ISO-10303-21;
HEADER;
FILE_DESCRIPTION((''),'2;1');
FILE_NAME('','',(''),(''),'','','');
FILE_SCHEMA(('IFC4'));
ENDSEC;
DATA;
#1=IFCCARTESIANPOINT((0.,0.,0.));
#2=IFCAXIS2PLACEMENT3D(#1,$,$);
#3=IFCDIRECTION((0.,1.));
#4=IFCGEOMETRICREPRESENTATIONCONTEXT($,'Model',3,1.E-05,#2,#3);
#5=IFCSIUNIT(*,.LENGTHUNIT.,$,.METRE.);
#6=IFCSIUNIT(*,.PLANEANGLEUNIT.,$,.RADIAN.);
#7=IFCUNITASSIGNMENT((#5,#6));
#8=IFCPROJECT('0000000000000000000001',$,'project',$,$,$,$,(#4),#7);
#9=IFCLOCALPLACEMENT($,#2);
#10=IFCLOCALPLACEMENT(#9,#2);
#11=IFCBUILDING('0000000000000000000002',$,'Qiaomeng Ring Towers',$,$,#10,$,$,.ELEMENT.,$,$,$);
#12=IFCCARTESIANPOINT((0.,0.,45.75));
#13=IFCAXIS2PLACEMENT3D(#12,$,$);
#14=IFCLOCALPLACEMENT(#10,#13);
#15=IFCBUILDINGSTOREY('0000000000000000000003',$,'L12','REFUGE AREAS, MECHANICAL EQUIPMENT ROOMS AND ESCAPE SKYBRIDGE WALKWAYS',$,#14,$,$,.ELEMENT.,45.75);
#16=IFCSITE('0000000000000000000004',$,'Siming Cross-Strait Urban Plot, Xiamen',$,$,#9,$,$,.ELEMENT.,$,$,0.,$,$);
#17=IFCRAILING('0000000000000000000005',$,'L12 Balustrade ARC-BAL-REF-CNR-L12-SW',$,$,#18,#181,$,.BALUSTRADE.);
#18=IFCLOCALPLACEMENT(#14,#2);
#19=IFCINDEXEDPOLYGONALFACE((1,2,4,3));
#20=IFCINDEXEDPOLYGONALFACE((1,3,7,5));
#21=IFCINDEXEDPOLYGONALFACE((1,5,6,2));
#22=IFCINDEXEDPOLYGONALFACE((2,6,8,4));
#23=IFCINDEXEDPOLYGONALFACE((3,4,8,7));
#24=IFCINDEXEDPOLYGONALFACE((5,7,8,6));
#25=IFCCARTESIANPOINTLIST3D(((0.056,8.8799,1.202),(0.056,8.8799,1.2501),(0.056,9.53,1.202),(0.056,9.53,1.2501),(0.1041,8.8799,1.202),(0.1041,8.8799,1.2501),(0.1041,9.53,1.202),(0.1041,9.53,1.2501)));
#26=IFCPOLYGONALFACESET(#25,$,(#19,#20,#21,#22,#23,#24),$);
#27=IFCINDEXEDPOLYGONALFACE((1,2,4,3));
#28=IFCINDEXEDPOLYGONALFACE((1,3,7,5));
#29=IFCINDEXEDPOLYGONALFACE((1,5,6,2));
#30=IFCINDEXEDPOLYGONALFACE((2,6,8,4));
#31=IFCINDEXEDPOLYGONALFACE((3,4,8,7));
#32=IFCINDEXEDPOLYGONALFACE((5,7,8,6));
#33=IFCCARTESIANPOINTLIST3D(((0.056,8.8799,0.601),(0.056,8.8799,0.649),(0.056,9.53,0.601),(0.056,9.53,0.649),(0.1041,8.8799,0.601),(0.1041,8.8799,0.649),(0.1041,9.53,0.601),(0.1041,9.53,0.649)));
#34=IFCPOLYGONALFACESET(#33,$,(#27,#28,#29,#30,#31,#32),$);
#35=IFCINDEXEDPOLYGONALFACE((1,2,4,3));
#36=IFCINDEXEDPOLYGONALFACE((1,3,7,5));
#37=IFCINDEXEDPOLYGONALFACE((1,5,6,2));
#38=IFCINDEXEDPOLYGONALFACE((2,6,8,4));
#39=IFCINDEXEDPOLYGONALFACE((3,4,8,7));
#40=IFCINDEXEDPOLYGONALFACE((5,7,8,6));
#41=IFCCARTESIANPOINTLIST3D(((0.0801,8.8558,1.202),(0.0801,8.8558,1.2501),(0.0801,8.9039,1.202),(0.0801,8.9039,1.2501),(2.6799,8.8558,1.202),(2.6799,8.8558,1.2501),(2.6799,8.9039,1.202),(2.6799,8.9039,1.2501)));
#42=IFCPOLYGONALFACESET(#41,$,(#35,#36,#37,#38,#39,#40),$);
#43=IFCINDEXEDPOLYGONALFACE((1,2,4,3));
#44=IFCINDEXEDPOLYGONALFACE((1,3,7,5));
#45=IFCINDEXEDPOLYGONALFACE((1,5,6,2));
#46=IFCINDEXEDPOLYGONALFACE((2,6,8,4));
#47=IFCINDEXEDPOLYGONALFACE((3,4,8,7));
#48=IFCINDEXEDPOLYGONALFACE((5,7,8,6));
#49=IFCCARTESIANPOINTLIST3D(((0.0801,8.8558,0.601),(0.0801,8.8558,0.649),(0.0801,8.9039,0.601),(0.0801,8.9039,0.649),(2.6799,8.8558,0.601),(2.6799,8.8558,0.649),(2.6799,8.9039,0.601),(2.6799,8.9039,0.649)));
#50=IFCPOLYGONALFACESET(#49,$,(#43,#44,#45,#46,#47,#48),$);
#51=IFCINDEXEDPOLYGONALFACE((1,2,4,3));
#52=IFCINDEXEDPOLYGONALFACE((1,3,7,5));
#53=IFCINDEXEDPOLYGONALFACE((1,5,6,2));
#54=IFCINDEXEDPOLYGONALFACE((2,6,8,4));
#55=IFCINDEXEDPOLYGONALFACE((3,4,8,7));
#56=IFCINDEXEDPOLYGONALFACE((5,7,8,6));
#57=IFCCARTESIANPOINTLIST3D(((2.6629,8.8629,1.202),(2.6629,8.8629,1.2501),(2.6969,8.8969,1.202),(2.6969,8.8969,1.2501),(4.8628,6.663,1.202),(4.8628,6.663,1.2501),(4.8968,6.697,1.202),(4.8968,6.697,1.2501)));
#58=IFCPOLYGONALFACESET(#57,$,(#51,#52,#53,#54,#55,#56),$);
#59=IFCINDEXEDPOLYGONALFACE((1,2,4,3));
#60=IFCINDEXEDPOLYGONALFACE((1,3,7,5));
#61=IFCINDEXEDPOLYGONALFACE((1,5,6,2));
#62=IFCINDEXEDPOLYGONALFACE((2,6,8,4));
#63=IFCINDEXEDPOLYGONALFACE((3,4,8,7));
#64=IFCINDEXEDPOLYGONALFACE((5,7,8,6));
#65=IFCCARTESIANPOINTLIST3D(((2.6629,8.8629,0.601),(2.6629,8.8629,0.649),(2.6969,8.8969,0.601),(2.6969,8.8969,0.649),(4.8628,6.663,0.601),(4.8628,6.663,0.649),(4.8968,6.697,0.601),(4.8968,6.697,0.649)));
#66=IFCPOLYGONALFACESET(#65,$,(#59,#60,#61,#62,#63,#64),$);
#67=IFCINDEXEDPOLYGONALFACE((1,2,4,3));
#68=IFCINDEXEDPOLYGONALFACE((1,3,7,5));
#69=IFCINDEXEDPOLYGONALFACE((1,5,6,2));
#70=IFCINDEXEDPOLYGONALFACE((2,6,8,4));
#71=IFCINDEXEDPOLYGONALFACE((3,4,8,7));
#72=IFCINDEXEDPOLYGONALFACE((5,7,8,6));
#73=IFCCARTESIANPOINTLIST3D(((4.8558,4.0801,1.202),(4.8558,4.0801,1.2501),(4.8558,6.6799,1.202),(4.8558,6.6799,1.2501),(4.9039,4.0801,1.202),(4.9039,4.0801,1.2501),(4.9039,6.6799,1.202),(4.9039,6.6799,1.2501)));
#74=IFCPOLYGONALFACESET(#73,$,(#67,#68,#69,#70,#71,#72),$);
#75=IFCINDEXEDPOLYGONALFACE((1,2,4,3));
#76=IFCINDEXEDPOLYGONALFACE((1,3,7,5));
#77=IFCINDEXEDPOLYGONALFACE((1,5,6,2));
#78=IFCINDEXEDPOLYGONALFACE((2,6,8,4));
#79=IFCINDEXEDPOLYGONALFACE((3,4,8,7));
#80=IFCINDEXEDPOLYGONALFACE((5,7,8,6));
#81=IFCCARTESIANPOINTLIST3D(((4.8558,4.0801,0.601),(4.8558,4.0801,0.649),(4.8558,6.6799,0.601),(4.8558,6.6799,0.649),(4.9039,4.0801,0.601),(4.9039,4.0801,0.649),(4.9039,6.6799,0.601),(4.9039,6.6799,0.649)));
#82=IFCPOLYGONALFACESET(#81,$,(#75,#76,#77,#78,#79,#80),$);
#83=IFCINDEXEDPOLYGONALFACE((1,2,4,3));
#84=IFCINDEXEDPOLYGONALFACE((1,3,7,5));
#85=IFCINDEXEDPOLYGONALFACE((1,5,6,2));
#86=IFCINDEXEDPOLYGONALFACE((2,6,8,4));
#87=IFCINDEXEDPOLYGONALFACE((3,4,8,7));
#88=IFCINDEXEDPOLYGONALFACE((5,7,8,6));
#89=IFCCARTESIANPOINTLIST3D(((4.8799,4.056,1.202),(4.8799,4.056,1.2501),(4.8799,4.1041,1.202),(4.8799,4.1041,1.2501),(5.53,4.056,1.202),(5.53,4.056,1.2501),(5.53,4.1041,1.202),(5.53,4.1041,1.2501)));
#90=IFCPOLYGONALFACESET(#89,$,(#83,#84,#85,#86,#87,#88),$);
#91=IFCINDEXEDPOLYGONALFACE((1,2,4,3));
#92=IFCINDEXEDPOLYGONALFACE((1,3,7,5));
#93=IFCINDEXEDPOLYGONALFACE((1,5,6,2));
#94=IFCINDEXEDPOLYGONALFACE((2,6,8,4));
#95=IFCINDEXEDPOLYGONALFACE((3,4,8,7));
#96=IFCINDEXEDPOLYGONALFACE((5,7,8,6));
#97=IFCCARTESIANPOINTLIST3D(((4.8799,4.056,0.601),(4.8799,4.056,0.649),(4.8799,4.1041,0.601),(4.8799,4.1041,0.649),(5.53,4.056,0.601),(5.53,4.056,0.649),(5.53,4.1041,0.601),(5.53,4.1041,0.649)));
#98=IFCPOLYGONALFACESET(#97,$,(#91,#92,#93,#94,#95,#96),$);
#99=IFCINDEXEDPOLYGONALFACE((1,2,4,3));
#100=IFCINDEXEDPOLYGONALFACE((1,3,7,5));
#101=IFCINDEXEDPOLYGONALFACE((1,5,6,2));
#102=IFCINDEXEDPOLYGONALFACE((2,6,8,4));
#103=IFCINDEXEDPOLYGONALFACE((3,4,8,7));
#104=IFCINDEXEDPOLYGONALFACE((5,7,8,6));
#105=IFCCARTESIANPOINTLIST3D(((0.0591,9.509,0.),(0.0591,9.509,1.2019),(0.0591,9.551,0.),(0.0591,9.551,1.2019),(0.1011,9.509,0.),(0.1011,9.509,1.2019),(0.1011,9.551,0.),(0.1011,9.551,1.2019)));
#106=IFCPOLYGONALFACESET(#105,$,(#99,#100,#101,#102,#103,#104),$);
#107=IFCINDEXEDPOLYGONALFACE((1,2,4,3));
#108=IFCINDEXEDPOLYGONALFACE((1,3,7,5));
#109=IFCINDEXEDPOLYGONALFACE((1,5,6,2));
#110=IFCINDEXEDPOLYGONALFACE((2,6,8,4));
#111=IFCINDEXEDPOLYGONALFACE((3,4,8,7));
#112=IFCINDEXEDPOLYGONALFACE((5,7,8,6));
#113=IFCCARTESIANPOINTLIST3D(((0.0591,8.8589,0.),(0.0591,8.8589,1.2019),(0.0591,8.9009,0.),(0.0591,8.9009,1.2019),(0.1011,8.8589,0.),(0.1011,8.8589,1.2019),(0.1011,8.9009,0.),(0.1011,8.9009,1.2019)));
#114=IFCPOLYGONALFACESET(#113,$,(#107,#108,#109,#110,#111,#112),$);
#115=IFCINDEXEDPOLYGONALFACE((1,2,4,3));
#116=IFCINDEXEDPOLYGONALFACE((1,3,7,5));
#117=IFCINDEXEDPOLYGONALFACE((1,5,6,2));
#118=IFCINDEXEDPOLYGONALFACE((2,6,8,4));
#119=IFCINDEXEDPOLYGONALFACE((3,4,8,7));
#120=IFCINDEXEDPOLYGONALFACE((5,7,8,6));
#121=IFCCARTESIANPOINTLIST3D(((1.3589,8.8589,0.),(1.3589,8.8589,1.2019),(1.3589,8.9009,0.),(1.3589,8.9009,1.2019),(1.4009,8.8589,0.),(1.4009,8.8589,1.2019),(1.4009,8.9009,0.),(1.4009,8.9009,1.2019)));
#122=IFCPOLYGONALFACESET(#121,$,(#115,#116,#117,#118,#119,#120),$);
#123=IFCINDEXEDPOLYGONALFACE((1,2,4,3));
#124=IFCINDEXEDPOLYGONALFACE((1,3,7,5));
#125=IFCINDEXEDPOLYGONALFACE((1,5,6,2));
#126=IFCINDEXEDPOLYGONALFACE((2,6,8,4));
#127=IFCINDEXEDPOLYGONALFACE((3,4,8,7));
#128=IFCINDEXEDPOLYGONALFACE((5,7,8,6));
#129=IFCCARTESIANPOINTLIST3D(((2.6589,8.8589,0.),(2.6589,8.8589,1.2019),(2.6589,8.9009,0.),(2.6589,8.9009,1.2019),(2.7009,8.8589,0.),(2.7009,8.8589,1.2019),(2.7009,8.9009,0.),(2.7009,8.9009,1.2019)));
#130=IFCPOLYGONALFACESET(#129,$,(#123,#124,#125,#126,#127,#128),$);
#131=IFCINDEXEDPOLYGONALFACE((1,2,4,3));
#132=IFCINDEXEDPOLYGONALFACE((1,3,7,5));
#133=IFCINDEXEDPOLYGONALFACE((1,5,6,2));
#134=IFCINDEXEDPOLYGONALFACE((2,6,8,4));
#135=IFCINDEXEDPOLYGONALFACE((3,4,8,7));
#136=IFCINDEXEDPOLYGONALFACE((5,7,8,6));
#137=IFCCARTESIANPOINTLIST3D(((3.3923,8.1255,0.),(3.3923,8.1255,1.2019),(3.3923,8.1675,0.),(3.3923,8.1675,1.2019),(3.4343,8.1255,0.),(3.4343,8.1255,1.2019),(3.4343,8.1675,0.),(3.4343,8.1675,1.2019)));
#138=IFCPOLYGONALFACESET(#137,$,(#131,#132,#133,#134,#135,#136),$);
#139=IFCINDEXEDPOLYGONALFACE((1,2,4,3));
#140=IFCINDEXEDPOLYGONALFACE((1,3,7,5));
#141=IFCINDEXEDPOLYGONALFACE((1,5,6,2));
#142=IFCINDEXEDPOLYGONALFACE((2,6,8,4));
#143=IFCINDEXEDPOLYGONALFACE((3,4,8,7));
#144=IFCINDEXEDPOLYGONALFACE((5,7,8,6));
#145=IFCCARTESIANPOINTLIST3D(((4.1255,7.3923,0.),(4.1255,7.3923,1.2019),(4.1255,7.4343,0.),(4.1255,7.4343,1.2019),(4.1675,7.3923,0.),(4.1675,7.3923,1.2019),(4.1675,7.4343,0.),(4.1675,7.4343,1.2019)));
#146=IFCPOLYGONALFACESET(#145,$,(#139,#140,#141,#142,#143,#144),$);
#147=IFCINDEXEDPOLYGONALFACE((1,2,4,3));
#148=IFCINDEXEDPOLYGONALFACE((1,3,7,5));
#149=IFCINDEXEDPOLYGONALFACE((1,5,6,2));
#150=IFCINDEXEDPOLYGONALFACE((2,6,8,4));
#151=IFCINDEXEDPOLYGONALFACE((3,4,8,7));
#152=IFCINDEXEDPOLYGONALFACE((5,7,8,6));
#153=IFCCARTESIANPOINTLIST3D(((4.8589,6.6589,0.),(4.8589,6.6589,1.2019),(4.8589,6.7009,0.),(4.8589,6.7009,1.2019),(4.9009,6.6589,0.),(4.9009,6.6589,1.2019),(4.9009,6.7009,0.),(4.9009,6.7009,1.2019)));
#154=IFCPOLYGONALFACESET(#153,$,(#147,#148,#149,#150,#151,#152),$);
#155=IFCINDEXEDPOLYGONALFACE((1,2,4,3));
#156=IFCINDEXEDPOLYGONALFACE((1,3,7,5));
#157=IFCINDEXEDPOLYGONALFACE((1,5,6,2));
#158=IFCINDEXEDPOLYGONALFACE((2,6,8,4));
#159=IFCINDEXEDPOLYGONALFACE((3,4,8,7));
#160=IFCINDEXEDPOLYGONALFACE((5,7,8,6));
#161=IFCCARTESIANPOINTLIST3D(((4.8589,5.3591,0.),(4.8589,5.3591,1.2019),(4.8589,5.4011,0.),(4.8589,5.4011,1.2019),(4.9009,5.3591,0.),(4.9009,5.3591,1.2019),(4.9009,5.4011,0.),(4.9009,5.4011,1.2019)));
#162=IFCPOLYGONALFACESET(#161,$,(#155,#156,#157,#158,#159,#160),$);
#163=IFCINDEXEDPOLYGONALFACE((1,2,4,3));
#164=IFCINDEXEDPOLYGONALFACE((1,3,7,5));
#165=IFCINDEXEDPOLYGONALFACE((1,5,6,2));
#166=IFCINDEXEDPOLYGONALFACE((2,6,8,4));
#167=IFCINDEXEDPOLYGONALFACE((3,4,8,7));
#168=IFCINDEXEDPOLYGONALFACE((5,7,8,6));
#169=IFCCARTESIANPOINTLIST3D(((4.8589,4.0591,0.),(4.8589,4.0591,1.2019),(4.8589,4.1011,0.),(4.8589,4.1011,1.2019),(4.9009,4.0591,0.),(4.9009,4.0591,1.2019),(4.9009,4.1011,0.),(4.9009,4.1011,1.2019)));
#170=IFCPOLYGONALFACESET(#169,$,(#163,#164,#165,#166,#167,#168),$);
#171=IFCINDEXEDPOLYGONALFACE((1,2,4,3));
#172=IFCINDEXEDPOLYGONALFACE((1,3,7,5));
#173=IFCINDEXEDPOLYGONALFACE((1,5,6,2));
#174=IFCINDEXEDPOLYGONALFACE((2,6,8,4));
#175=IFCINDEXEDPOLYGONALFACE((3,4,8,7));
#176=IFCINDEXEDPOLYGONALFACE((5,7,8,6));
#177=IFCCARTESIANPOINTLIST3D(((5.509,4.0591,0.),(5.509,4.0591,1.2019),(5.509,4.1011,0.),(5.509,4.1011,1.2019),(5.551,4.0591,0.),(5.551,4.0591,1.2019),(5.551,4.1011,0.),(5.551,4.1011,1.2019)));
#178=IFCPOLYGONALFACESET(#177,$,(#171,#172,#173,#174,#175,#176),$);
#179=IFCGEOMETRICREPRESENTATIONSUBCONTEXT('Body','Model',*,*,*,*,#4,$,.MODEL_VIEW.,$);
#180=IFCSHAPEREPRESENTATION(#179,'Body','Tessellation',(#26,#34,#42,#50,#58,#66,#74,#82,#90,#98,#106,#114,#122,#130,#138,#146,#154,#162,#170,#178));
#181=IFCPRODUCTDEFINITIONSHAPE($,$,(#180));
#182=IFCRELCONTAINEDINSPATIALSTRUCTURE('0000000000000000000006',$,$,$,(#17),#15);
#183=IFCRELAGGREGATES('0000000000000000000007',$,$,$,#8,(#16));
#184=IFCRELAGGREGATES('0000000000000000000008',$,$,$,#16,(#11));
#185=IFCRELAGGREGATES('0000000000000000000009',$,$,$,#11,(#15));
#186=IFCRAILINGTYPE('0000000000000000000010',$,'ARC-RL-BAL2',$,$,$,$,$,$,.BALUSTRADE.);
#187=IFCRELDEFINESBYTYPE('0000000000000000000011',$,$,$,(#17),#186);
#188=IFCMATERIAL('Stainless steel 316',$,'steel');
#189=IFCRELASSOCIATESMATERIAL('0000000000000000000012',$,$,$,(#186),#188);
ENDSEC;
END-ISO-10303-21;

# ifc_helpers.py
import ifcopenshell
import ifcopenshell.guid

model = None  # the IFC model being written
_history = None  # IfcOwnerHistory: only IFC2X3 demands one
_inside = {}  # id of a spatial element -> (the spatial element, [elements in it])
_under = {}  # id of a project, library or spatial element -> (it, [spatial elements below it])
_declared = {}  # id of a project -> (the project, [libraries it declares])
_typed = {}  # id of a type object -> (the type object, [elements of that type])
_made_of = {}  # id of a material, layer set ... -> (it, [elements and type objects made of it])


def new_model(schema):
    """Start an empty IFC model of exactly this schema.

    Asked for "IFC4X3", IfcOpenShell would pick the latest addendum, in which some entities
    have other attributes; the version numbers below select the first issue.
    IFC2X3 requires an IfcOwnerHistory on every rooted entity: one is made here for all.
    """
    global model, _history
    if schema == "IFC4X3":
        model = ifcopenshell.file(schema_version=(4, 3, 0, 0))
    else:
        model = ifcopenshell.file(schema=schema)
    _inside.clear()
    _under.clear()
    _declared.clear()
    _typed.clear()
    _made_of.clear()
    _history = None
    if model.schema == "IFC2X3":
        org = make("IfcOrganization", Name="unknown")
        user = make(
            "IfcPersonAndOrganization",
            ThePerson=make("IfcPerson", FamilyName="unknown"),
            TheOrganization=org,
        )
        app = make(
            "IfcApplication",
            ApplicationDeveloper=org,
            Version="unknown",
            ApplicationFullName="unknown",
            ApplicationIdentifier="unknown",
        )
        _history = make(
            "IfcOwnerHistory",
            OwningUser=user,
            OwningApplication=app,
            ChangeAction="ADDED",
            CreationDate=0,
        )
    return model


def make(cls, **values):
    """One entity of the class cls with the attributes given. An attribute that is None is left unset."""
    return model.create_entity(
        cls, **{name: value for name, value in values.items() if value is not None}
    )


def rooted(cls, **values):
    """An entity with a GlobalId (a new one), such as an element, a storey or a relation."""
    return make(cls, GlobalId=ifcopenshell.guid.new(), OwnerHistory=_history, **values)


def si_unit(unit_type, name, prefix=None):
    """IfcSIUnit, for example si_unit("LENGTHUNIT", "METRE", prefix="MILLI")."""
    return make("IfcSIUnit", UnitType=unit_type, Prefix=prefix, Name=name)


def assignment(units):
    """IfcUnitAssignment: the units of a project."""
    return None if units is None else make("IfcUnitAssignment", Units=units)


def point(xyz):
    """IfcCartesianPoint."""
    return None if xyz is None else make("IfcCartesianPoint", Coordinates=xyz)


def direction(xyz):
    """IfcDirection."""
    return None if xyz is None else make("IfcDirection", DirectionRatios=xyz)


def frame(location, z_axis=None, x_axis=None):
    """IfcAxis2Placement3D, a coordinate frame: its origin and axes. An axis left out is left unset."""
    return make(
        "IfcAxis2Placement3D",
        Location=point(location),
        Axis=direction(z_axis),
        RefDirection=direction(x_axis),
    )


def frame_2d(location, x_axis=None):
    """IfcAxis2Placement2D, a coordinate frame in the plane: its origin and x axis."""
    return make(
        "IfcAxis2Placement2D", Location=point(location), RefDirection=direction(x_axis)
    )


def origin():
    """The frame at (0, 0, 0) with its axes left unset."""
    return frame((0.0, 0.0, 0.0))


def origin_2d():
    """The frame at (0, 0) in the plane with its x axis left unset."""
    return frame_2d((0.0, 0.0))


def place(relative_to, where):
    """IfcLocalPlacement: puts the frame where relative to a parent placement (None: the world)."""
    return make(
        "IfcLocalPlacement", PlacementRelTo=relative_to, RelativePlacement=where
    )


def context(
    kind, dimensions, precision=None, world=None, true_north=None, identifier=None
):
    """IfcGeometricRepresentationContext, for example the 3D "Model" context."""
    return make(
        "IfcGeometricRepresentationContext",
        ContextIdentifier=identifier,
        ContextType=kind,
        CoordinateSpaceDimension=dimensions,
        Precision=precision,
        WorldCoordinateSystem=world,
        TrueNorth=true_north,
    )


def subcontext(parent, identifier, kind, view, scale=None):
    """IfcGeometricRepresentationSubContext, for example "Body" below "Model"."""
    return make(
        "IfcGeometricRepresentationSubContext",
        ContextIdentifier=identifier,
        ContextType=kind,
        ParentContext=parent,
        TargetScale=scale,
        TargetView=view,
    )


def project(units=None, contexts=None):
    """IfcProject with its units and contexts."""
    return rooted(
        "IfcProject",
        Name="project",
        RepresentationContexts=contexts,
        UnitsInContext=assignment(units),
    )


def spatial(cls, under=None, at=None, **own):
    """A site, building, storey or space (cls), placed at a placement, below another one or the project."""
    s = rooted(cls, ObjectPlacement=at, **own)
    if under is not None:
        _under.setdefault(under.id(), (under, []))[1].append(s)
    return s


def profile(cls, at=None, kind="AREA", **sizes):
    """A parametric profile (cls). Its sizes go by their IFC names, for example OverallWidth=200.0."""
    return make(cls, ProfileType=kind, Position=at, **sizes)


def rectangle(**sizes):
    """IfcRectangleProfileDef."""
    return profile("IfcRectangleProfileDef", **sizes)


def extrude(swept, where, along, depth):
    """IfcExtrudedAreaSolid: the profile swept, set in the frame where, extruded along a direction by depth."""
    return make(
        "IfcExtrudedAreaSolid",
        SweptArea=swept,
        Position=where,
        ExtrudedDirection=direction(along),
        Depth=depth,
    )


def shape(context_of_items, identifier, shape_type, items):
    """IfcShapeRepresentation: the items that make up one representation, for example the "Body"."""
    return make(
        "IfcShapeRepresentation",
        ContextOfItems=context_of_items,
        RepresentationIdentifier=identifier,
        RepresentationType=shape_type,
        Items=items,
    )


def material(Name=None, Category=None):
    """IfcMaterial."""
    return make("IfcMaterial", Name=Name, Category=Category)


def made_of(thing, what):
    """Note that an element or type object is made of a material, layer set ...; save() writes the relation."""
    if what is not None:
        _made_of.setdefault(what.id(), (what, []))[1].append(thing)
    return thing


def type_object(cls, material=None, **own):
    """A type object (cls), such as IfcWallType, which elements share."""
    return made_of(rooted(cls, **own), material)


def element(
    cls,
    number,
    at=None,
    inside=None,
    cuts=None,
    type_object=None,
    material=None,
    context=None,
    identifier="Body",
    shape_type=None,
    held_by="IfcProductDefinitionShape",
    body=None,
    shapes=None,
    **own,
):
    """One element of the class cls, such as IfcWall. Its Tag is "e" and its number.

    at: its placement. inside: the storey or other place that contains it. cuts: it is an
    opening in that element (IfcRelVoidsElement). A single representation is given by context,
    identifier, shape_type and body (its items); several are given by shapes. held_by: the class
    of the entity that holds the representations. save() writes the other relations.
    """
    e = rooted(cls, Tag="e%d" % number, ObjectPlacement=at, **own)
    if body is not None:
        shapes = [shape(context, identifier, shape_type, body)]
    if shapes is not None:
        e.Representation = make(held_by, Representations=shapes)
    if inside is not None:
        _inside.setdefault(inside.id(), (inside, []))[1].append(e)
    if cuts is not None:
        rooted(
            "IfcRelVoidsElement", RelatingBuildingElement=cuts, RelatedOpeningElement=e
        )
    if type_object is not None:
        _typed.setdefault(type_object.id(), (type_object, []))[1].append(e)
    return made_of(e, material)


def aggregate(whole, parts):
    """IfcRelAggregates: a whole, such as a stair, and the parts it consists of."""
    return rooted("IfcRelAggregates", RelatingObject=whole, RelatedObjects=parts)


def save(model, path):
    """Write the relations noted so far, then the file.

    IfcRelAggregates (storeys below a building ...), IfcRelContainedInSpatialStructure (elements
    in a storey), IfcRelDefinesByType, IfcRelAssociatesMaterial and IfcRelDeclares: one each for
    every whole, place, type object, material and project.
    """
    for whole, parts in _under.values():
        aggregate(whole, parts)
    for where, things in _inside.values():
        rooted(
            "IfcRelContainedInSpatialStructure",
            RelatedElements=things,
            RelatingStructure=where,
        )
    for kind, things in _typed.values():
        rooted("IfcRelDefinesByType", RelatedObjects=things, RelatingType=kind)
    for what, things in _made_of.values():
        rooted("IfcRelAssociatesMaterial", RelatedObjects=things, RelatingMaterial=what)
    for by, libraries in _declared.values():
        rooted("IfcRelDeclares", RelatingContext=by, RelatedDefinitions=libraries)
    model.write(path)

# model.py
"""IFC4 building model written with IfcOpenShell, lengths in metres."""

from ifc_helpers import new_model, si_unit, direction, frame, origin, origin_2d, place, context, subcontext, project, spatial, rectangle, extrude, material, type_object, element, save


model = new_model("IFC4")

# Units and contexts
model_context = context("Model", 3, precision=1e-05, world=origin(), true_north=direction((0.0, 1.0)))
body_context = subcontext(model_context, "Body", "Model", "MODEL_VIEW")
ifc_project = project(units=[si_unit("LENGTHUNIT", "METRE"), si_unit("PLANEANGLEUNIT", "RADIAN")], contexts=[model_context])

# Site, building, storey
site_placement = place(None, origin())
site = spatial("IfcSite", under=ifc_project, at=site_placement, Name="Siming Cross-Strait Urban Plot, Xiamen", CompositionType="ELEMENT", RefElevation=0.0)
building_placement = place(site_placement, origin())
building = spatial("IfcBuilding", under=site, at=building_placement, Name="Qiaomeng Ring Towers", CompositionType="ELEMENT")
storey_placement = place(building_placement, frame((0.0, 0.0, 45.75)))
storey = spatial("IfcBuildingStorey", under=building, at=storey_placement, Name="L12", Description="REFUGE AREAS, MECHANICAL EQUIPMENT ROOMS AND ESCAPE SKYBRIDGE WALKWAYS", CompositionType="ELEMENT", Elevation=45.75)

# Railing
ifc_material_1 = material(Name="Stainless steel 316", Category="steel")
railing_type = type_object("IfcRailingType", Name="ARC-RL-BAL2", PredefinedType="BALUSTRADE", material=ifc_material_1)
railing_1_placement = place(storey_placement, frame((0.0801, 9.53, 0.0)))
element("IfcRailing", 1, at=railing_1_placement, inside=storey, type_object=railing_type, Name="L12 Balustrade ARC-BAL-REF-CNR-L12-SW", PredefinedType="BALUSTRADE", context=body_context, shape_type="SweptSolid", body=[
    extrude(rectangle(XDim=0.0481, YDim=0.0481, at=origin_2d()), frame((0.0, 0.0, 1.2261), z_axis=(0.0, -1.0, 0.0), x_axis=(1.0, 0.0, 0.0)), (0.0, 0.0, 1.0), 0.6501),
    extrude(rectangle(XDim=0.0481, YDim=0.0481, at=origin_2d()), frame((0.0, 0.0, 0.625), z_axis=(0.0, -1.0, 0.0), x_axis=(1.0, 0.0, 0.0)), (0.0, 0.0, 1.0), 0.6501),
    extrude(rectangle(XDim=0.0481, YDim=0.0481, at=origin_2d()), frame((0.0, -0.6501, 1.2261), z_axis=(1.0, 0.0, 0.0), x_axis=(0.0, 1.0, 0.0)), (0.0, 0.0, 1.0), 2.5999),
    extrude(rectangle(XDim=0.0481, YDim=0.0481, at=origin_2d()), frame((0.0, -0.6501, 0.625), z_axis=(1.0, 0.0, 0.0), x_axis=(0.0, 1.0, 0.0)), (0.0, 0.0, 1.0), 2.5999),
    extrude(rectangle(XDim=0.0481, YDim=0.0481, at=origin_2d()), frame((2.5999, -0.6501, 1.2261), z_axis=(0.707107, -0.707107, 0.0), x_axis=(0.707107, 0.707107, 0.0)), (0.0, 0.0, 1.0), 3.1111),
    extrude(rectangle(XDim=0.0481, YDim=0.0481, at=origin_2d()), frame((2.5999, -0.6501, 0.625), z_axis=(0.707107, -0.707107, 0.0), x_axis=(0.707107, 0.707107, 0.0)), (0.0, 0.0, 1.0), 3.1111),
    extrude(rectangle(XDim=0.0481, YDim=0.0481, at=origin_2d()), frame((4.7998, -2.8501, 1.2261), z_axis=(0.0, -1.0, 0.0), x_axis=(1.0, 0.0, 0.0)), (0.0, 0.0, 1.0), 2.5999),
    extrude(rectangle(XDim=0.0481, YDim=0.0481, at=origin_2d()), frame((4.7998, -2.8501, 0.625), z_axis=(0.0, -1.0, 0.0), x_axis=(1.0, 0.0, 0.0)), (0.0, 0.0, 1.0), 2.5999),
    extrude(rectangle(XDim=0.0481, YDim=0.0481, at=origin_2d()), frame((4.7998, -5.45, 1.2261), z_axis=(1.0, 0.0, 0.0), x_axis=(0.0, 1.0, 0.0)), (0.0, 0.0, 1.0), 0.6501),
    extrude(rectangle(XDim=0.0481, YDim=0.0481, at=origin_2d()), frame((4.7998, -5.45, 0.625), z_axis=(1.0, 0.0, 0.0), x_axis=(0.0, 1.0, 0.0)), (0.0, 0.0, 1.0), 0.6501),
    extrude(rectangle(XDim=0.042, YDim=0.042, at=origin_2d()), origin(), (0.0, 0.0, 1.0), 1.2019),
    extrude(rectangle(XDim=0.042, YDim=0.042, at=origin_2d()), frame((0.0, -0.6501, 0.0)), (0.0, 0.0, 1.0), 1.2019),
    extrude(rectangle(XDim=0.042, YDim=0.042, at=origin_2d()), frame((1.2998, -0.6501, 0.0)), (0.0, 0.0, 1.0), 1.2019),
    extrude(rectangle(XDim=0.042, YDim=0.042, at=origin_2d()), frame((2.5999, -0.6501, 0.0)), (0.0, 0.0, 1.0), 1.2019),
    extrude(rectangle(XDim=0.042, YDim=0.042, at=origin_2d()), frame((3.3333, -1.3835, 0.0)), (0.0, 0.0, 1.0), 1.2019),
    extrude(rectangle(XDim=0.042, YDim=0.042, at=origin_2d()), frame((4.0664, -2.1167, 0.0)), (0.0, 0.0, 1.0), 1.2019),
    extrude(rectangle(XDim=0.042, YDim=0.042, at=origin_2d()), frame((4.7998, -2.8501, 0.0)), (0.0, 0.0, 1.0), 1.2019),
    extrude(rectangle(XDim=0.042, YDim=0.042, at=origin_2d()), frame((4.7998, -4.1499, 0.0)), (0.0, 0.0, 1.0), 1.2019),
    extrude(rectangle(XDim=0.042, YDim=0.042, at=origin_2d()), frame((4.7998, -5.45, 0.0)), (0.0, 0.0, 1.0), 1.2019),
    extrude(rectangle(XDim=0.042, YDim=0.042, at=origin_2d()), frame((5.45, -5.45, 0.0)), (0.0, 0.0, 1.0), 1.2019),
])

save(model, "model.ifc")
